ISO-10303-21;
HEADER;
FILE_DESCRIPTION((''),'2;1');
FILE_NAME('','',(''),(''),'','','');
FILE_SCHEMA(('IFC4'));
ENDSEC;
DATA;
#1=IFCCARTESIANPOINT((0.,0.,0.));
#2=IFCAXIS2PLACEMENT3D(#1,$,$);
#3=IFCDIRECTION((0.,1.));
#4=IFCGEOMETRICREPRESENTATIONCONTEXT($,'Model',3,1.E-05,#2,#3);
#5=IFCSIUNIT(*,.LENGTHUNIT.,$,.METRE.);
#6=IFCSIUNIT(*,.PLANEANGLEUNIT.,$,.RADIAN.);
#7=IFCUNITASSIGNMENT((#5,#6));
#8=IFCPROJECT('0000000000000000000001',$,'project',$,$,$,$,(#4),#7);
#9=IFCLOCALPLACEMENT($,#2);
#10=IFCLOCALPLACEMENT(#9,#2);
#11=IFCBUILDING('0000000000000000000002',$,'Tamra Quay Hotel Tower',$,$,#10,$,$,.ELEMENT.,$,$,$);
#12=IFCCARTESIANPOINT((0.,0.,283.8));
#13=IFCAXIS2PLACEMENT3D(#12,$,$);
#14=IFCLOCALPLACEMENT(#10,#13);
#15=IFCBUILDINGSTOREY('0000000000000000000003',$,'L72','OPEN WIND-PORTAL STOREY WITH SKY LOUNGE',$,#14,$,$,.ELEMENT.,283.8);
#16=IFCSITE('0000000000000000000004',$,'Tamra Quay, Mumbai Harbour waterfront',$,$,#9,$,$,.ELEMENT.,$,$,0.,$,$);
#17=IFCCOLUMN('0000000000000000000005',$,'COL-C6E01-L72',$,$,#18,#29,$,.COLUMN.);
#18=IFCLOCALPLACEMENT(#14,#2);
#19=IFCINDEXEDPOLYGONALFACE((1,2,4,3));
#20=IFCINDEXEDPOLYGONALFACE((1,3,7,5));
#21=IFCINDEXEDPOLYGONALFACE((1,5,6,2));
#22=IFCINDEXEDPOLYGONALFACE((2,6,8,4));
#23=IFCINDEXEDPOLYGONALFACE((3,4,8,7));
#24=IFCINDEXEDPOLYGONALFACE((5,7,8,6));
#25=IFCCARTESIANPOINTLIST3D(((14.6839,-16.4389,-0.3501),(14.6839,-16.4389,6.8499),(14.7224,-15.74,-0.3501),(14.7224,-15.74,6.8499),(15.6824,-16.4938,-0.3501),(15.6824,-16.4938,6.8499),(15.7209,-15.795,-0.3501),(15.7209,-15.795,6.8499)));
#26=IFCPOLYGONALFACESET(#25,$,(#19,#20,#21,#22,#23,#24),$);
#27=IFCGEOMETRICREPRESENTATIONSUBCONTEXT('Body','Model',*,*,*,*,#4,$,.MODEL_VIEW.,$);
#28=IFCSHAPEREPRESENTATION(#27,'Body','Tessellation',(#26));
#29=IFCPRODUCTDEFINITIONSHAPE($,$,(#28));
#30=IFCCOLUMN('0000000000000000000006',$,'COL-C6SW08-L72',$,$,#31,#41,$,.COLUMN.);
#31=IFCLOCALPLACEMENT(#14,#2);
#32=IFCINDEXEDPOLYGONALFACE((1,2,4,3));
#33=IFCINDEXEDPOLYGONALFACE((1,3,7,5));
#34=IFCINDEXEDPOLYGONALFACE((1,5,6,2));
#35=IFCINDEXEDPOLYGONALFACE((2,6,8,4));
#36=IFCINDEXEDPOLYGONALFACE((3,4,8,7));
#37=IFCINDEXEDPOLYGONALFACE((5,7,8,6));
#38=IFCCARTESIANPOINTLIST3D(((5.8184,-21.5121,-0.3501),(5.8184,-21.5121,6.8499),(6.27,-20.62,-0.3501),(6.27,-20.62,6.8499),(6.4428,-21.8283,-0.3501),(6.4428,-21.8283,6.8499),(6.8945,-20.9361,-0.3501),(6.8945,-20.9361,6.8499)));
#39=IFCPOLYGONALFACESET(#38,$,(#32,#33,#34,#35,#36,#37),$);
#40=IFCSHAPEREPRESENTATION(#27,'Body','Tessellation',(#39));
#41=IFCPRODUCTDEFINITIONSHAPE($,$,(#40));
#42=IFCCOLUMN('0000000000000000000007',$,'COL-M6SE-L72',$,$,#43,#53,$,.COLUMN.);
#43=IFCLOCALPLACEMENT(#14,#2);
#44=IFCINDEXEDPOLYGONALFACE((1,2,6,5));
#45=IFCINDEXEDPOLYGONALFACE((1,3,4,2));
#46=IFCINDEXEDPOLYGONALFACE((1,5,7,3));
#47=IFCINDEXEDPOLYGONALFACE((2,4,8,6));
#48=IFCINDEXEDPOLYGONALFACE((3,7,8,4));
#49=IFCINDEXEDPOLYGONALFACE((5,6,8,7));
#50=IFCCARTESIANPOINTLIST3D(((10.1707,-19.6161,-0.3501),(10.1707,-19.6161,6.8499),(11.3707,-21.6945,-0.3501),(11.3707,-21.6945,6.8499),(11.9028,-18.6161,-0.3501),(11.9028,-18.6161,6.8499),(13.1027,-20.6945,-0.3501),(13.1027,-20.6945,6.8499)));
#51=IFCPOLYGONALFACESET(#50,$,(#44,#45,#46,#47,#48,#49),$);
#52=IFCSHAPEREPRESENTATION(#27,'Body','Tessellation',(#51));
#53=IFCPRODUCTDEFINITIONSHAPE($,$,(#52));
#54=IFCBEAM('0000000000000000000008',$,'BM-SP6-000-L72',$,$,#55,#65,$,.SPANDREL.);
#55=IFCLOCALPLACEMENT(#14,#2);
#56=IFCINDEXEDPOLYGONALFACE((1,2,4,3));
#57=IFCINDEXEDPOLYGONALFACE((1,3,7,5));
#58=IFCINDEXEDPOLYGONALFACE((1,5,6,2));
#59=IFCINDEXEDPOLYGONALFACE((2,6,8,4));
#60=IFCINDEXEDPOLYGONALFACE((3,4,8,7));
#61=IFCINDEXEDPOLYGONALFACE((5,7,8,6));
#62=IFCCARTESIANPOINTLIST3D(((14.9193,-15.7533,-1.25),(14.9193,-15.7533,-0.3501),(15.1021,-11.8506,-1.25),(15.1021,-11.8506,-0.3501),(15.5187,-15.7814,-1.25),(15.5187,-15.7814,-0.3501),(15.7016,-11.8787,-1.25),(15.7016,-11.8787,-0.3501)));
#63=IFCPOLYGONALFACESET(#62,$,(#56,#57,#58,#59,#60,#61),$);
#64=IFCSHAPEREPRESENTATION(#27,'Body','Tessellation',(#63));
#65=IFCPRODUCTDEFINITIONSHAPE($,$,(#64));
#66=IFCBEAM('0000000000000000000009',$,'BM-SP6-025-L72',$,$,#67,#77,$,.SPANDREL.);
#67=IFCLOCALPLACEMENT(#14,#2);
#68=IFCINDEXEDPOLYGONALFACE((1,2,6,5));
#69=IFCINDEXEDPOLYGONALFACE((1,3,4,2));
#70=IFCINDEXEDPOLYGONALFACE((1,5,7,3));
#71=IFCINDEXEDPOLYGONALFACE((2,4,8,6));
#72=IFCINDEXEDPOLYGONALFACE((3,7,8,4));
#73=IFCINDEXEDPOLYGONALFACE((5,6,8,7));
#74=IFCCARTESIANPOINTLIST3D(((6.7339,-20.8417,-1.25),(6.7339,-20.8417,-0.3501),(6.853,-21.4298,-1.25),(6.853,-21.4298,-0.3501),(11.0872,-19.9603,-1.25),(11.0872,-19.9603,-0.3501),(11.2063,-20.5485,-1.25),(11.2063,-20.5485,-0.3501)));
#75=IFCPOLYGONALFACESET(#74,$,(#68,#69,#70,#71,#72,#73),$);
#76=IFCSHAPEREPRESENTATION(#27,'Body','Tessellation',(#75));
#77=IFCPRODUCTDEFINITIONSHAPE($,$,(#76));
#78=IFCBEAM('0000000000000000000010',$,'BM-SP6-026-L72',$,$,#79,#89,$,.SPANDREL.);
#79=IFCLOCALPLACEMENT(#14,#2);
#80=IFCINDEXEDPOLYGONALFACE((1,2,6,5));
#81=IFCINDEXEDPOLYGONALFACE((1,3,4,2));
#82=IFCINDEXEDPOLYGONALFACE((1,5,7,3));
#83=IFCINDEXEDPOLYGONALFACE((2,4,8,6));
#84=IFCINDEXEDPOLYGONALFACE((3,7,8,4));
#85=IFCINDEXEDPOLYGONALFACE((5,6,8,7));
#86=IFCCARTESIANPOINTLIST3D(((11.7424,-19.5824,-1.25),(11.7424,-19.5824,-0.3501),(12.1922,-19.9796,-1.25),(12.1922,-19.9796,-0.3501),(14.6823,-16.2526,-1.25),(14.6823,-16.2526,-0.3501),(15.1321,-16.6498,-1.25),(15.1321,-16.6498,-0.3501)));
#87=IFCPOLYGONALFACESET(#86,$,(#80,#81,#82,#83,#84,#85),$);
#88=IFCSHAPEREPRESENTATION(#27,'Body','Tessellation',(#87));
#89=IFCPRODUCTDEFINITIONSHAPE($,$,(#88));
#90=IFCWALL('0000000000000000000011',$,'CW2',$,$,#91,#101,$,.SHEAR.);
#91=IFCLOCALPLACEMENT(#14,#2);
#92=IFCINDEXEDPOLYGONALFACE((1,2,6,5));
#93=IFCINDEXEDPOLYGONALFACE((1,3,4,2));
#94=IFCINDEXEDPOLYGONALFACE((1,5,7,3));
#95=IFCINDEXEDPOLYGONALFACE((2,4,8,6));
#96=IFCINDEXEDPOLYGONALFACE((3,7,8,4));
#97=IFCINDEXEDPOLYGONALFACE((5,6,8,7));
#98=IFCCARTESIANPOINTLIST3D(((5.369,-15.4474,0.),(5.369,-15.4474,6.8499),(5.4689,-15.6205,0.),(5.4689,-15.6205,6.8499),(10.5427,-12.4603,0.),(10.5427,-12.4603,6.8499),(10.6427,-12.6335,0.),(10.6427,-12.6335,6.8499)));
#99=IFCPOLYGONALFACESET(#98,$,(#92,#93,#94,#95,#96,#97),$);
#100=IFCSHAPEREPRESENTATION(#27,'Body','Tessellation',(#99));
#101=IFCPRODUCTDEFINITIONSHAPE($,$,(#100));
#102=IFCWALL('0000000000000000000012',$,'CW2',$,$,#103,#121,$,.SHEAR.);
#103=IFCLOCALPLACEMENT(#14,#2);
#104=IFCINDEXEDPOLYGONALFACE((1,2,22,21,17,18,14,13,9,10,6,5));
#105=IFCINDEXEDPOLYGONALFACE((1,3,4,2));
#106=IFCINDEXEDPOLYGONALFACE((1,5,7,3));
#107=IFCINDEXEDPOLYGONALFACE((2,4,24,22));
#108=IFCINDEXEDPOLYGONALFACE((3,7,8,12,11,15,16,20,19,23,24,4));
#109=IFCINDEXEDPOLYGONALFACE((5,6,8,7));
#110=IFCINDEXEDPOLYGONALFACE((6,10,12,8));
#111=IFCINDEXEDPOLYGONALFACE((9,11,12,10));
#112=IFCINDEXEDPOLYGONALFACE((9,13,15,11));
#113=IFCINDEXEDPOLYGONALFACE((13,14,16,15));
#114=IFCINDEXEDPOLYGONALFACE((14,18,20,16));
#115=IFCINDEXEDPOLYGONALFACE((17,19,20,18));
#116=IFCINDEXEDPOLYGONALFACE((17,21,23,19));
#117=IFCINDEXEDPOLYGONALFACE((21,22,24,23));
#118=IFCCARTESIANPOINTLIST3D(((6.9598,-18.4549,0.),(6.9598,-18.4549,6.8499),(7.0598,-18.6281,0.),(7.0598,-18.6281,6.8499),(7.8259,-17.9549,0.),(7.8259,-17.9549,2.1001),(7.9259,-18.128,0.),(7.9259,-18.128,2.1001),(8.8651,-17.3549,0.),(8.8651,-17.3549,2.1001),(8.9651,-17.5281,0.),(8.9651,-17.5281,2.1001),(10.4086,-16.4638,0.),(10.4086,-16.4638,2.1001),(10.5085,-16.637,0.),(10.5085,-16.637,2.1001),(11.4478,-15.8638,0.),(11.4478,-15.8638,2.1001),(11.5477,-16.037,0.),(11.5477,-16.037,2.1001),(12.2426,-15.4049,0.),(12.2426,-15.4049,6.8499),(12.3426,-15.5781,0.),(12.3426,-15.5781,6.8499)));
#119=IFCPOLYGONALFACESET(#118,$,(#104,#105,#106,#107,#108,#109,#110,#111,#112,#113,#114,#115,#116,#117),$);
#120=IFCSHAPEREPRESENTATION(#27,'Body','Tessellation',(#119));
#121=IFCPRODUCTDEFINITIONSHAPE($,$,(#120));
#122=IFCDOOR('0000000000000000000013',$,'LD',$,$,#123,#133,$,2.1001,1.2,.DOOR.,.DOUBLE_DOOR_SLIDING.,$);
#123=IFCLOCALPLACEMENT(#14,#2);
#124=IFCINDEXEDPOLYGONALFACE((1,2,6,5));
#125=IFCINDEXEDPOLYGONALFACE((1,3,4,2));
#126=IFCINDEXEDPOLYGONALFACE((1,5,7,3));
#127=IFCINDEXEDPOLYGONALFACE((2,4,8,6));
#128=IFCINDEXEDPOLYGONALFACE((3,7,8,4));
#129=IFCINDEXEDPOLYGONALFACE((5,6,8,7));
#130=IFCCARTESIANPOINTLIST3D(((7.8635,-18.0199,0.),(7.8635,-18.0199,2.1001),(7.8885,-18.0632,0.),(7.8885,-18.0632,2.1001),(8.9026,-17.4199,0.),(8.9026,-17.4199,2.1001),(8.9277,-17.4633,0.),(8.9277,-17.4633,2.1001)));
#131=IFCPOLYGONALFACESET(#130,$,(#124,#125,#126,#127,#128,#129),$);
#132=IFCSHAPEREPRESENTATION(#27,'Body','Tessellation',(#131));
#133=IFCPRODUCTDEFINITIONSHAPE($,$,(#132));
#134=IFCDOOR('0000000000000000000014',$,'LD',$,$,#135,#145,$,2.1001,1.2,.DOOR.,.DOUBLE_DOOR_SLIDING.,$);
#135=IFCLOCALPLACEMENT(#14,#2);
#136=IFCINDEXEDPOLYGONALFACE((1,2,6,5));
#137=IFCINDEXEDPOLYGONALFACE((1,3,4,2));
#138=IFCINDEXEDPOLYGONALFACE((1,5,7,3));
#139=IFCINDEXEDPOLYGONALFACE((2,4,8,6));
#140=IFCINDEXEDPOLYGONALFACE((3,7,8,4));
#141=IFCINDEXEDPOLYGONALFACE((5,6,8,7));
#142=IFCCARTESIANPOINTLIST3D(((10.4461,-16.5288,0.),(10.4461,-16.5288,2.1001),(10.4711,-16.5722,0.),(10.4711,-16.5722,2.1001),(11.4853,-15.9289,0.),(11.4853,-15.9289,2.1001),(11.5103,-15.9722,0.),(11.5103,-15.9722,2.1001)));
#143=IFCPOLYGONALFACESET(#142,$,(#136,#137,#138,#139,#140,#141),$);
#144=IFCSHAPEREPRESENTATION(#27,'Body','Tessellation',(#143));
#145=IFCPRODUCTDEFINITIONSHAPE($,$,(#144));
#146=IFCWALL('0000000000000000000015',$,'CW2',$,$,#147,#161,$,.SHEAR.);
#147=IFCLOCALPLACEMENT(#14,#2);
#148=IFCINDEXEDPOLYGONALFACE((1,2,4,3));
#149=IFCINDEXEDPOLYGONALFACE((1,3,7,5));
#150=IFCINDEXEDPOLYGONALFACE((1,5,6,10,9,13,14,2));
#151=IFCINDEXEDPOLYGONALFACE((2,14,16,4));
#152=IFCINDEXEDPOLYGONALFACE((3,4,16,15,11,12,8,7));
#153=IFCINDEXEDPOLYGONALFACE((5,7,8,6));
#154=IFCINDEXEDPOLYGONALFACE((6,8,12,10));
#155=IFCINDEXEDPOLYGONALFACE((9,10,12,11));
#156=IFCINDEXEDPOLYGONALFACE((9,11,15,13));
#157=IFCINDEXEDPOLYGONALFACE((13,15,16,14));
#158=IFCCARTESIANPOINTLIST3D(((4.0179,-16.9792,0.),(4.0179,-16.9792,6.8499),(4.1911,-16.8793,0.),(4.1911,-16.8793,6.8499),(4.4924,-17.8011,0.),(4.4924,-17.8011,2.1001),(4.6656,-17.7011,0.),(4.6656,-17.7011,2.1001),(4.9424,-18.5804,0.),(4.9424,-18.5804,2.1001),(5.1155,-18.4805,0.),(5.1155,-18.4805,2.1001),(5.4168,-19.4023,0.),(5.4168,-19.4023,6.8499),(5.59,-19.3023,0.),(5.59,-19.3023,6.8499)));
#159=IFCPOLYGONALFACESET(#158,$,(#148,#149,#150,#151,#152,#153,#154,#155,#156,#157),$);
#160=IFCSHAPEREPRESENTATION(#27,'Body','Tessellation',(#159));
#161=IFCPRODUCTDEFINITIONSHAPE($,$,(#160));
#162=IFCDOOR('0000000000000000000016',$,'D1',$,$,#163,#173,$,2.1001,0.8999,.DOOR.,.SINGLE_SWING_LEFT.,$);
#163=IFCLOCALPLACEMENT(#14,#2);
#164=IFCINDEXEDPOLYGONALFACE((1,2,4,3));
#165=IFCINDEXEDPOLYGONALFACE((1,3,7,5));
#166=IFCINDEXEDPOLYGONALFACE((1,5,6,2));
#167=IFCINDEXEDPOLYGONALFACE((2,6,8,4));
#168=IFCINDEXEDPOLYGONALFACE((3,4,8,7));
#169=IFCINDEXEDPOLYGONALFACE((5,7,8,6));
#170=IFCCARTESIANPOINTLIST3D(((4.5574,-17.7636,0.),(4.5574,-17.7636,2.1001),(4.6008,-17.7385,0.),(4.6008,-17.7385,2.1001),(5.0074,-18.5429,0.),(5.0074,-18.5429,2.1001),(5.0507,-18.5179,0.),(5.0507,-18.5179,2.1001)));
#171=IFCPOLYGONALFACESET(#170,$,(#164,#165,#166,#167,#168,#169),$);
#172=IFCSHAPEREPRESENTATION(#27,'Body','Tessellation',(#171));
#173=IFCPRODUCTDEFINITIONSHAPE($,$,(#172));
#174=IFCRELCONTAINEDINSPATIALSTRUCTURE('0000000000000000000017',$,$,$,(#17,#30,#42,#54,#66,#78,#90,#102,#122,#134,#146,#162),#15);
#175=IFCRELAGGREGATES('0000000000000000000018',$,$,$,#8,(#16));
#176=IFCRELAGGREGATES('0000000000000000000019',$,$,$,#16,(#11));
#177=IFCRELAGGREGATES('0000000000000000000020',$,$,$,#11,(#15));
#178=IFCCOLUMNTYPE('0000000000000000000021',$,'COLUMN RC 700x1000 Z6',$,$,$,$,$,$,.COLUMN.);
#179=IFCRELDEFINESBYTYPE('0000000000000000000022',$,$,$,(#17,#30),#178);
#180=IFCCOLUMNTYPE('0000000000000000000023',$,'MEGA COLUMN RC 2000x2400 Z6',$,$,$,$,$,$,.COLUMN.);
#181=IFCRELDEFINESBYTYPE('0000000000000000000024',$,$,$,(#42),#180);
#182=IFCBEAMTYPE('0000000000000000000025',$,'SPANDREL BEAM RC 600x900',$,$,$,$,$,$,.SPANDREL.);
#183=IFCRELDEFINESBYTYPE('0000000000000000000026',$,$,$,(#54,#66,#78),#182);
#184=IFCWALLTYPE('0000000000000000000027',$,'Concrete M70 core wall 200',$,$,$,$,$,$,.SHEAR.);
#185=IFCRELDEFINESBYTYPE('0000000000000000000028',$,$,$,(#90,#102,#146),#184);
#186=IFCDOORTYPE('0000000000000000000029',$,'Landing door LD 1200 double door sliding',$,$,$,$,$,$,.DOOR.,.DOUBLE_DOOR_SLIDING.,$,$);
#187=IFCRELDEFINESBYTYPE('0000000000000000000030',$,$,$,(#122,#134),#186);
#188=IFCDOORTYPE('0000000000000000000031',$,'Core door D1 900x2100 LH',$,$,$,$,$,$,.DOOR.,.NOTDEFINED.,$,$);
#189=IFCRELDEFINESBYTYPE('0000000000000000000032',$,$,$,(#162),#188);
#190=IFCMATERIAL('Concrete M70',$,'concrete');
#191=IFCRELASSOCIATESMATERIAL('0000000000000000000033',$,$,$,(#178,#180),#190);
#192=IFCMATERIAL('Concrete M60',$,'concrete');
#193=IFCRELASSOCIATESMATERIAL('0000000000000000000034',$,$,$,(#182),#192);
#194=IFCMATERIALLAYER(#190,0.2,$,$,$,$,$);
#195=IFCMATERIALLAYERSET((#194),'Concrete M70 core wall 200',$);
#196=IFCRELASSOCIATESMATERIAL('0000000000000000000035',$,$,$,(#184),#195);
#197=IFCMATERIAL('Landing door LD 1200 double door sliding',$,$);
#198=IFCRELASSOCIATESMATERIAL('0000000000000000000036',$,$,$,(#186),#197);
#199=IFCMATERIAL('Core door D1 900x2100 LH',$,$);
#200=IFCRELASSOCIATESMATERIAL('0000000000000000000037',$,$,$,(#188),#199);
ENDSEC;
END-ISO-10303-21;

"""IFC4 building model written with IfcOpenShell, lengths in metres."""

from ifc_helpers import new_model, si_unit, direction, frame, frame_2d, origin, origin_2d, place, context, subcontext, project, spatial, rectangle, extrude, material, layer, layer_set, material_profile, profile_set, type_object, element, fill, save


model = new_model("IFC4")

# Units and contexts
model_context = context("Model", 3, precision=1e-05, world=origin(), true_north=direction((0.0, 1.0)))
body_context = subcontext(model_context, "Body", "Model", "MODEL_VIEW")
ifc_project = project(units=[si_unit("LENGTHUNIT", "METRE"), si_unit("PLANEANGLEUNIT", "RADIAN")], contexts=[model_context])

# Site, building, storey
site_placement = place(None, origin())
site = spatial("IfcSite", under=ifc_project, at=site_placement, Name="Tamra Quay, Mumbai Harbour waterfront", CompositionType="ELEMENT", RefElevation=0.0)
building_placement = place(site_placement, origin())
building = spatial("IfcBuilding", under=site, at=building_placement, Name="Tamra Quay Hotel Tower", CompositionType="ELEMENT")
storey_placement = place(building_placement, frame((0.0, 0.0, 283.8)))
storey = spatial("IfcBuildingStorey", under=building, at=storey_placement, Name="L72", Description="OPEN WIND-PORTAL STOREY WITH SKY LOUNGE", CompositionType="ELEMENT", Elevation=283.8)

# Columns
ifc_material_1 = material(Name="Concrete M70", Category="concrete")
ifc_material_profile_1 = material_profile(ifc_material_1, rectangle(XDim=1.0, YDim=0.7, at=origin_2d()), Name="COLUMN RC 700x1000 Z6")
ifc_profile_set_1 = profile_set([ifc_material_profile_1], Name="Concrete M70")
column_type_1 = type_object("IfcColumnType", Name="COLUMN RC 700x1000 Z6", PredefinedType="COLUMN", material=ifc_profile_set_1)
for number, where, z_axis, x_axis, name in (
    (1, (15.2024, -16.1169, -0.3501), (0.0, 0.0, 1.0), (-0.998491, 0.054917, 0.0), "COL-C6E01-L72"),
    (2, (6.3564, -21.2241, -0.3501), (0.0, 0.0, 1.0), (0.451686, 0.892177, 0.0), "COL-C6SW08-L72"),
):
    element("IfcColumn", number, at=place(storey_placement, frame(where, z_axis=z_axis, x_axis=x_axis)), inside=storey, type_object=column_type_1, Name=name, PredefinedType="COLUMN", context=body_context, shape_type="SweptSolid", body=[
        extrude(rectangle(XDim=1.0, YDim=0.7, at=origin_2d()), origin(), (0.0, 0.0, 1.0), 7.2),
    ])
ifc_material_profile_2 = material_profile(ifc_material_1, rectangle(XDim=2.3999, YDim=2.0, at=origin_2d()), Name="MEGA COLUMN RC 2000x2400 Z6")
ifc_profile_set_2 = profile_set([ifc_material_profile_2], Name="Concrete M70")
column_type_2 = type_object("IfcColumnType", Name="MEGA COLUMN RC 2000x2400 Z6", PredefinedType="COLUMN", material=ifc_profile_set_2)
column_placement = place(storey_placement, frame((11.6367, -20.1553, -0.3501), z_axis=(0.0, 0.0, 1.0), x_axis=(-0.5, 0.866025, 0.0)))
element("IfcColumn", 3, at=column_placement, inside=storey, type_object=column_type_2, Name="COL-M6SE-L72", PredefinedType="COLUMN", context=body_context, shape_type="SweptSolid", body=[
    extrude(rectangle(XDim=2.3999, YDim=2.0, at=origin_2d()), origin(), (0.0, 0.0, 1.0), 7.2),
])

# Beams
ifc_material_2 = material(Name="Concrete M60", Category="concrete")
ifc_material_profile_3 = material_profile(ifc_material_2, rectangle(XDim=0.6001, YDim=0.8999, at=origin_2d()), Name="SPANDREL BEAM RC 600x900")
ifc_profile_set_3 = profile_set([ifc_material_profile_3], Name="Concrete M60")
beam_type = type_object("IfcBeamType", Name="SPANDREL BEAM RC 600x900", PredefinedType="SPANDREL", material=ifc_profile_set_3)
beam_1_placement = place(storey_placement, frame((15.219, -15.7673, -0.8), z_axis=(0.046805, 0.998904, 0.0), x_axis=(-0.998904, 0.046805, 0.0)))
element("IfcBeam", 4, at=beam_1_placement, inside=storey, type_object=beam_type, Name="BM-SP6-000-L72", PredefinedType="SPANDREL", context=body_context, shape_type="SweptSolid", body=[
    extrude(rectangle(XDim=0.6001, YDim=0.8999, at=origin_2d()), origin(), (0.0, 0.0, 1.0), 3.907),
])
beam_2_placement = place(storey_placement, frame((6.7935, -21.1357, -0.8), z_axis=(0.980115, 0.198431, 0.0), x_axis=(-0.198431, 0.980115, 0.0)))
element("IfcBeam", 5, at=beam_2_placement, inside=storey, type_object=beam_type, Name="BM-SP6-025-L72", PredefinedType="SPANDREL", context=body_context, shape_type="SweptSolid", body=[
    extrude(rectangle(XDim=0.6001, YDim=0.8999, at=origin_2d()), origin(), (0.0, 0.0, 1.0), 4.4417),
])
beam_3_placement = place(storey_placement, frame((11.9673, -19.781, -0.8), z_axis=(0.661856, 0.749631, 0.0), x_axis=(-0.749631, 0.661856, 0.0)))
element("IfcBeam", 6, at=beam_3_placement, inside=storey, type_object=beam_type, Name="BM-SP6-026-L72", PredefinedType="SPANDREL", context=body_context, shape_type="SweptSolid", body=[
    extrude(rectangle(XDim=0.6001, YDim=0.8999, at=origin_2d()), origin(), (0.0, 0.0, 1.0), 4.4419),
])

# Wall
ifc_layer_1 = layer(ifc_material_1, 0.2)
ifc_layer_set_1 = layer_set([ifc_layer_1], Name="Concrete M70 core wall 200")
wall_type_1 = type_object("IfcWallType", Name="Concrete M70 core wall 200", PredefinedType="SHEAR", material=ifc_layer_set_1)
wall_1_placement = place(storey_placement, frame((5.4189, -15.5339, 0.0), z_axis=(0.0, 0.0, 1.0), x_axis=(0.866029, 0.499994, 0.0)))
element("IfcWall", 7, at=wall_1_placement, inside=storey, type_object=wall_type_1, Name="CW2", PredefinedType="SHEAR", context=body_context, shape_type="SweptSolid", body=[
    extrude(rectangle(XDim=5.9741, YDim=0.2, at=frame_2d((2.9871, 0.0))), origin(), (0.0, 0.0, 1.0), 6.8499),
])

# Wall, openings, doors
wall_2_placement = place(storey_placement, frame((7.0098, -18.5415, 0.0), z_axis=(0.0, 0.0, 1.0), x_axis=(0.86603, 0.499992, 0.0)))
wall_2 = element("IfcWall", 8, at=wall_2_placement, inside=storey, type_object=wall_type_1, Name="CW2", PredefinedType="SHEAR", context=body_context, shape_type="SweptSolid", body=[
    extrude(rectangle(XDim=6.1001, YDim=0.2, at=frame_2d((3.05, 0.0))), origin(), (0.0, 0.0, 1.0), 6.8499),
])
opening_1_placement = place(wall_2_placement, frame((1.0, 0.0, 0.0)))
opening_1 = element("IfcOpeningElement", 9, at=opening_1_placement, cuts=wall_2, PredefinedType="OPENING", context=body_context, shape_type="SweptSolid", body=[
    extrude(rectangle(XDim=1.2, YDim=2.1001, at=frame_2d((0.6001, 1.05))), frame((0.0, 0.1099, 0.0), z_axis=(0.0, -1.0, 0.0), x_axis=(1.0, 0.0, 0.0)), (0.0, 0.0, 1.0), 0.22),
])
opening_2_placement = place(wall_2_placement, frame((3.9822, 0.0, 0.0)))
opening_2 = element("IfcOpeningElement", 10, at=opening_2_placement, cuts=wall_2, PredefinedType="OPENING", context=body_context, shape_type="SweptSolid", body=[
    extrude(rectangle(XDim=1.2, YDim=2.1001, at=frame_2d((0.6001, 1.05))), frame((0.0, 0.1099, 0.0), z_axis=(0.0, -1.0, 0.0), x_axis=(1.0, 0.0, 0.0)), (0.0, 0.0, 1.0), 0.22),
])
ifc_material_3 = material(Name="Landing door LD 1200 double door sliding")
door_type_1 = type_object("IfcDoorType", Name="Landing door LD 1200 double door sliding", OperationType="DOUBLE_DOOR_SLIDING", PredefinedType="DOOR", material=ifc_material_3)
door_1_placement = place(opening_1_placement, origin())
door_1 = element("IfcDoor", 11, at=door_1_placement, inside=storey, type_object=door_type_1, Name="LD", OperationType="DOUBLE_DOOR_SLIDING", OverallHeight=2.1001, OverallWidth=1.2, PredefinedType="DOOR", context=body_context, shape_type="SweptSolid", body=[
    extrude(rectangle(XDim=1.2, YDim=2.1001, at=frame_2d((0.6001, 1.05))), frame((0.0, 0.0249, 0.0), z_axis=(0.0, -1.0, 0.0), x_axis=(1.0, 0.0, 0.0)), (0.0, 0.0, 1.0), 0.05),
])
fill(opening_1, door_1)
door_2_placement = place(opening_2_placement, origin())
door_2 = element("IfcDoor", 12, at=door_2_placement, inside=storey, type_object=door_type_1, Name="LD", OperationType="DOUBLE_DOOR_SLIDING", OverallHeight=2.1001, OverallWidth=1.2, PredefinedType="DOOR", context=body_context, shape_type="SweptSolid", body=[
    extrude(rectangle(XDim=1.2, YDim=2.1001, at=frame_2d((0.6001, 1.05))), frame((0.0, 0.0249, 0.0), z_axis=(0.0, -1.0, 0.0), x_axis=(1.0, 0.0, 0.0)), (0.0, 0.0, 1.0), 0.05),
])
fill(opening_2, door_2)

# Wall, opening, door
wall_3_placement = place(storey_placement, frame((5.5034, -19.3523, 0.0), z_axis=(0.0, 0.0, 1.0), x_axis=(-0.499987, 0.866033, 0.0)))
wall_3 = element("IfcWall", 13, at=wall_3_placement, inside=storey, type_object=wall_type_1, Name="CW2", PredefinedType="SHEAR", context=body_context, shape_type="SweptSolid", body=[
    extrude(rectangle(XDim=2.7979, YDim=0.2, at=frame_2d((1.3989, 0.0))), origin(), (0.0, 0.0, 1.0), 6.8499),
])
opening_3_placement = place(wall_3_placement, frame((0.949, 0.0, 0.0)))
opening_3 = element("IfcOpeningElement", 14, at=opening_3_placement, cuts=wall_3, PredefinedType="OPENING", context=body_context, shape_type="SweptSolid", body=[
    extrude(rectangle(XDim=0.8999, YDim=2.1001, at=frame_2d((0.45, 1.05))), frame((0.0, 0.1099, 0.0), z_axis=(0.0, -1.0, 0.0), x_axis=(1.0, 0.0, 0.0)), (0.0, 0.0, 1.0), 0.22),
])
ifc_material_4 = material(Name="Core door D1 900x2100 LH")
door_type_2 = type_object("IfcDoorType", Name="Core door D1 900x2100 LH", OperationType="NOTDEFINED", PredefinedType="DOOR", material=ifc_material_4)
door_3_placement = place(opening_3_placement, origin())
door_3 = element("IfcDoor", 15, at=door_3_placement, inside=storey, type_object=door_type_2, Name="D1", OperationType="SINGLE_SWING_LEFT", OverallHeight=2.1001, OverallWidth=0.8999, PredefinedType="DOOR", context=body_context, shape_type="SweptSolid", body=[
    extrude(rectangle(XDim=0.8999, YDim=2.1001, at=frame_2d((0.45, 1.05))), frame((0.0, 0.0249, 0.0), z_axis=(0.0, -1.0, 0.0), x_axis=(1.0, 0.0, 0.0)), (0.0, 0.0, 1.0), 0.05),
])
fill(opening_3, door_3)

save(model, "model.ifc")
